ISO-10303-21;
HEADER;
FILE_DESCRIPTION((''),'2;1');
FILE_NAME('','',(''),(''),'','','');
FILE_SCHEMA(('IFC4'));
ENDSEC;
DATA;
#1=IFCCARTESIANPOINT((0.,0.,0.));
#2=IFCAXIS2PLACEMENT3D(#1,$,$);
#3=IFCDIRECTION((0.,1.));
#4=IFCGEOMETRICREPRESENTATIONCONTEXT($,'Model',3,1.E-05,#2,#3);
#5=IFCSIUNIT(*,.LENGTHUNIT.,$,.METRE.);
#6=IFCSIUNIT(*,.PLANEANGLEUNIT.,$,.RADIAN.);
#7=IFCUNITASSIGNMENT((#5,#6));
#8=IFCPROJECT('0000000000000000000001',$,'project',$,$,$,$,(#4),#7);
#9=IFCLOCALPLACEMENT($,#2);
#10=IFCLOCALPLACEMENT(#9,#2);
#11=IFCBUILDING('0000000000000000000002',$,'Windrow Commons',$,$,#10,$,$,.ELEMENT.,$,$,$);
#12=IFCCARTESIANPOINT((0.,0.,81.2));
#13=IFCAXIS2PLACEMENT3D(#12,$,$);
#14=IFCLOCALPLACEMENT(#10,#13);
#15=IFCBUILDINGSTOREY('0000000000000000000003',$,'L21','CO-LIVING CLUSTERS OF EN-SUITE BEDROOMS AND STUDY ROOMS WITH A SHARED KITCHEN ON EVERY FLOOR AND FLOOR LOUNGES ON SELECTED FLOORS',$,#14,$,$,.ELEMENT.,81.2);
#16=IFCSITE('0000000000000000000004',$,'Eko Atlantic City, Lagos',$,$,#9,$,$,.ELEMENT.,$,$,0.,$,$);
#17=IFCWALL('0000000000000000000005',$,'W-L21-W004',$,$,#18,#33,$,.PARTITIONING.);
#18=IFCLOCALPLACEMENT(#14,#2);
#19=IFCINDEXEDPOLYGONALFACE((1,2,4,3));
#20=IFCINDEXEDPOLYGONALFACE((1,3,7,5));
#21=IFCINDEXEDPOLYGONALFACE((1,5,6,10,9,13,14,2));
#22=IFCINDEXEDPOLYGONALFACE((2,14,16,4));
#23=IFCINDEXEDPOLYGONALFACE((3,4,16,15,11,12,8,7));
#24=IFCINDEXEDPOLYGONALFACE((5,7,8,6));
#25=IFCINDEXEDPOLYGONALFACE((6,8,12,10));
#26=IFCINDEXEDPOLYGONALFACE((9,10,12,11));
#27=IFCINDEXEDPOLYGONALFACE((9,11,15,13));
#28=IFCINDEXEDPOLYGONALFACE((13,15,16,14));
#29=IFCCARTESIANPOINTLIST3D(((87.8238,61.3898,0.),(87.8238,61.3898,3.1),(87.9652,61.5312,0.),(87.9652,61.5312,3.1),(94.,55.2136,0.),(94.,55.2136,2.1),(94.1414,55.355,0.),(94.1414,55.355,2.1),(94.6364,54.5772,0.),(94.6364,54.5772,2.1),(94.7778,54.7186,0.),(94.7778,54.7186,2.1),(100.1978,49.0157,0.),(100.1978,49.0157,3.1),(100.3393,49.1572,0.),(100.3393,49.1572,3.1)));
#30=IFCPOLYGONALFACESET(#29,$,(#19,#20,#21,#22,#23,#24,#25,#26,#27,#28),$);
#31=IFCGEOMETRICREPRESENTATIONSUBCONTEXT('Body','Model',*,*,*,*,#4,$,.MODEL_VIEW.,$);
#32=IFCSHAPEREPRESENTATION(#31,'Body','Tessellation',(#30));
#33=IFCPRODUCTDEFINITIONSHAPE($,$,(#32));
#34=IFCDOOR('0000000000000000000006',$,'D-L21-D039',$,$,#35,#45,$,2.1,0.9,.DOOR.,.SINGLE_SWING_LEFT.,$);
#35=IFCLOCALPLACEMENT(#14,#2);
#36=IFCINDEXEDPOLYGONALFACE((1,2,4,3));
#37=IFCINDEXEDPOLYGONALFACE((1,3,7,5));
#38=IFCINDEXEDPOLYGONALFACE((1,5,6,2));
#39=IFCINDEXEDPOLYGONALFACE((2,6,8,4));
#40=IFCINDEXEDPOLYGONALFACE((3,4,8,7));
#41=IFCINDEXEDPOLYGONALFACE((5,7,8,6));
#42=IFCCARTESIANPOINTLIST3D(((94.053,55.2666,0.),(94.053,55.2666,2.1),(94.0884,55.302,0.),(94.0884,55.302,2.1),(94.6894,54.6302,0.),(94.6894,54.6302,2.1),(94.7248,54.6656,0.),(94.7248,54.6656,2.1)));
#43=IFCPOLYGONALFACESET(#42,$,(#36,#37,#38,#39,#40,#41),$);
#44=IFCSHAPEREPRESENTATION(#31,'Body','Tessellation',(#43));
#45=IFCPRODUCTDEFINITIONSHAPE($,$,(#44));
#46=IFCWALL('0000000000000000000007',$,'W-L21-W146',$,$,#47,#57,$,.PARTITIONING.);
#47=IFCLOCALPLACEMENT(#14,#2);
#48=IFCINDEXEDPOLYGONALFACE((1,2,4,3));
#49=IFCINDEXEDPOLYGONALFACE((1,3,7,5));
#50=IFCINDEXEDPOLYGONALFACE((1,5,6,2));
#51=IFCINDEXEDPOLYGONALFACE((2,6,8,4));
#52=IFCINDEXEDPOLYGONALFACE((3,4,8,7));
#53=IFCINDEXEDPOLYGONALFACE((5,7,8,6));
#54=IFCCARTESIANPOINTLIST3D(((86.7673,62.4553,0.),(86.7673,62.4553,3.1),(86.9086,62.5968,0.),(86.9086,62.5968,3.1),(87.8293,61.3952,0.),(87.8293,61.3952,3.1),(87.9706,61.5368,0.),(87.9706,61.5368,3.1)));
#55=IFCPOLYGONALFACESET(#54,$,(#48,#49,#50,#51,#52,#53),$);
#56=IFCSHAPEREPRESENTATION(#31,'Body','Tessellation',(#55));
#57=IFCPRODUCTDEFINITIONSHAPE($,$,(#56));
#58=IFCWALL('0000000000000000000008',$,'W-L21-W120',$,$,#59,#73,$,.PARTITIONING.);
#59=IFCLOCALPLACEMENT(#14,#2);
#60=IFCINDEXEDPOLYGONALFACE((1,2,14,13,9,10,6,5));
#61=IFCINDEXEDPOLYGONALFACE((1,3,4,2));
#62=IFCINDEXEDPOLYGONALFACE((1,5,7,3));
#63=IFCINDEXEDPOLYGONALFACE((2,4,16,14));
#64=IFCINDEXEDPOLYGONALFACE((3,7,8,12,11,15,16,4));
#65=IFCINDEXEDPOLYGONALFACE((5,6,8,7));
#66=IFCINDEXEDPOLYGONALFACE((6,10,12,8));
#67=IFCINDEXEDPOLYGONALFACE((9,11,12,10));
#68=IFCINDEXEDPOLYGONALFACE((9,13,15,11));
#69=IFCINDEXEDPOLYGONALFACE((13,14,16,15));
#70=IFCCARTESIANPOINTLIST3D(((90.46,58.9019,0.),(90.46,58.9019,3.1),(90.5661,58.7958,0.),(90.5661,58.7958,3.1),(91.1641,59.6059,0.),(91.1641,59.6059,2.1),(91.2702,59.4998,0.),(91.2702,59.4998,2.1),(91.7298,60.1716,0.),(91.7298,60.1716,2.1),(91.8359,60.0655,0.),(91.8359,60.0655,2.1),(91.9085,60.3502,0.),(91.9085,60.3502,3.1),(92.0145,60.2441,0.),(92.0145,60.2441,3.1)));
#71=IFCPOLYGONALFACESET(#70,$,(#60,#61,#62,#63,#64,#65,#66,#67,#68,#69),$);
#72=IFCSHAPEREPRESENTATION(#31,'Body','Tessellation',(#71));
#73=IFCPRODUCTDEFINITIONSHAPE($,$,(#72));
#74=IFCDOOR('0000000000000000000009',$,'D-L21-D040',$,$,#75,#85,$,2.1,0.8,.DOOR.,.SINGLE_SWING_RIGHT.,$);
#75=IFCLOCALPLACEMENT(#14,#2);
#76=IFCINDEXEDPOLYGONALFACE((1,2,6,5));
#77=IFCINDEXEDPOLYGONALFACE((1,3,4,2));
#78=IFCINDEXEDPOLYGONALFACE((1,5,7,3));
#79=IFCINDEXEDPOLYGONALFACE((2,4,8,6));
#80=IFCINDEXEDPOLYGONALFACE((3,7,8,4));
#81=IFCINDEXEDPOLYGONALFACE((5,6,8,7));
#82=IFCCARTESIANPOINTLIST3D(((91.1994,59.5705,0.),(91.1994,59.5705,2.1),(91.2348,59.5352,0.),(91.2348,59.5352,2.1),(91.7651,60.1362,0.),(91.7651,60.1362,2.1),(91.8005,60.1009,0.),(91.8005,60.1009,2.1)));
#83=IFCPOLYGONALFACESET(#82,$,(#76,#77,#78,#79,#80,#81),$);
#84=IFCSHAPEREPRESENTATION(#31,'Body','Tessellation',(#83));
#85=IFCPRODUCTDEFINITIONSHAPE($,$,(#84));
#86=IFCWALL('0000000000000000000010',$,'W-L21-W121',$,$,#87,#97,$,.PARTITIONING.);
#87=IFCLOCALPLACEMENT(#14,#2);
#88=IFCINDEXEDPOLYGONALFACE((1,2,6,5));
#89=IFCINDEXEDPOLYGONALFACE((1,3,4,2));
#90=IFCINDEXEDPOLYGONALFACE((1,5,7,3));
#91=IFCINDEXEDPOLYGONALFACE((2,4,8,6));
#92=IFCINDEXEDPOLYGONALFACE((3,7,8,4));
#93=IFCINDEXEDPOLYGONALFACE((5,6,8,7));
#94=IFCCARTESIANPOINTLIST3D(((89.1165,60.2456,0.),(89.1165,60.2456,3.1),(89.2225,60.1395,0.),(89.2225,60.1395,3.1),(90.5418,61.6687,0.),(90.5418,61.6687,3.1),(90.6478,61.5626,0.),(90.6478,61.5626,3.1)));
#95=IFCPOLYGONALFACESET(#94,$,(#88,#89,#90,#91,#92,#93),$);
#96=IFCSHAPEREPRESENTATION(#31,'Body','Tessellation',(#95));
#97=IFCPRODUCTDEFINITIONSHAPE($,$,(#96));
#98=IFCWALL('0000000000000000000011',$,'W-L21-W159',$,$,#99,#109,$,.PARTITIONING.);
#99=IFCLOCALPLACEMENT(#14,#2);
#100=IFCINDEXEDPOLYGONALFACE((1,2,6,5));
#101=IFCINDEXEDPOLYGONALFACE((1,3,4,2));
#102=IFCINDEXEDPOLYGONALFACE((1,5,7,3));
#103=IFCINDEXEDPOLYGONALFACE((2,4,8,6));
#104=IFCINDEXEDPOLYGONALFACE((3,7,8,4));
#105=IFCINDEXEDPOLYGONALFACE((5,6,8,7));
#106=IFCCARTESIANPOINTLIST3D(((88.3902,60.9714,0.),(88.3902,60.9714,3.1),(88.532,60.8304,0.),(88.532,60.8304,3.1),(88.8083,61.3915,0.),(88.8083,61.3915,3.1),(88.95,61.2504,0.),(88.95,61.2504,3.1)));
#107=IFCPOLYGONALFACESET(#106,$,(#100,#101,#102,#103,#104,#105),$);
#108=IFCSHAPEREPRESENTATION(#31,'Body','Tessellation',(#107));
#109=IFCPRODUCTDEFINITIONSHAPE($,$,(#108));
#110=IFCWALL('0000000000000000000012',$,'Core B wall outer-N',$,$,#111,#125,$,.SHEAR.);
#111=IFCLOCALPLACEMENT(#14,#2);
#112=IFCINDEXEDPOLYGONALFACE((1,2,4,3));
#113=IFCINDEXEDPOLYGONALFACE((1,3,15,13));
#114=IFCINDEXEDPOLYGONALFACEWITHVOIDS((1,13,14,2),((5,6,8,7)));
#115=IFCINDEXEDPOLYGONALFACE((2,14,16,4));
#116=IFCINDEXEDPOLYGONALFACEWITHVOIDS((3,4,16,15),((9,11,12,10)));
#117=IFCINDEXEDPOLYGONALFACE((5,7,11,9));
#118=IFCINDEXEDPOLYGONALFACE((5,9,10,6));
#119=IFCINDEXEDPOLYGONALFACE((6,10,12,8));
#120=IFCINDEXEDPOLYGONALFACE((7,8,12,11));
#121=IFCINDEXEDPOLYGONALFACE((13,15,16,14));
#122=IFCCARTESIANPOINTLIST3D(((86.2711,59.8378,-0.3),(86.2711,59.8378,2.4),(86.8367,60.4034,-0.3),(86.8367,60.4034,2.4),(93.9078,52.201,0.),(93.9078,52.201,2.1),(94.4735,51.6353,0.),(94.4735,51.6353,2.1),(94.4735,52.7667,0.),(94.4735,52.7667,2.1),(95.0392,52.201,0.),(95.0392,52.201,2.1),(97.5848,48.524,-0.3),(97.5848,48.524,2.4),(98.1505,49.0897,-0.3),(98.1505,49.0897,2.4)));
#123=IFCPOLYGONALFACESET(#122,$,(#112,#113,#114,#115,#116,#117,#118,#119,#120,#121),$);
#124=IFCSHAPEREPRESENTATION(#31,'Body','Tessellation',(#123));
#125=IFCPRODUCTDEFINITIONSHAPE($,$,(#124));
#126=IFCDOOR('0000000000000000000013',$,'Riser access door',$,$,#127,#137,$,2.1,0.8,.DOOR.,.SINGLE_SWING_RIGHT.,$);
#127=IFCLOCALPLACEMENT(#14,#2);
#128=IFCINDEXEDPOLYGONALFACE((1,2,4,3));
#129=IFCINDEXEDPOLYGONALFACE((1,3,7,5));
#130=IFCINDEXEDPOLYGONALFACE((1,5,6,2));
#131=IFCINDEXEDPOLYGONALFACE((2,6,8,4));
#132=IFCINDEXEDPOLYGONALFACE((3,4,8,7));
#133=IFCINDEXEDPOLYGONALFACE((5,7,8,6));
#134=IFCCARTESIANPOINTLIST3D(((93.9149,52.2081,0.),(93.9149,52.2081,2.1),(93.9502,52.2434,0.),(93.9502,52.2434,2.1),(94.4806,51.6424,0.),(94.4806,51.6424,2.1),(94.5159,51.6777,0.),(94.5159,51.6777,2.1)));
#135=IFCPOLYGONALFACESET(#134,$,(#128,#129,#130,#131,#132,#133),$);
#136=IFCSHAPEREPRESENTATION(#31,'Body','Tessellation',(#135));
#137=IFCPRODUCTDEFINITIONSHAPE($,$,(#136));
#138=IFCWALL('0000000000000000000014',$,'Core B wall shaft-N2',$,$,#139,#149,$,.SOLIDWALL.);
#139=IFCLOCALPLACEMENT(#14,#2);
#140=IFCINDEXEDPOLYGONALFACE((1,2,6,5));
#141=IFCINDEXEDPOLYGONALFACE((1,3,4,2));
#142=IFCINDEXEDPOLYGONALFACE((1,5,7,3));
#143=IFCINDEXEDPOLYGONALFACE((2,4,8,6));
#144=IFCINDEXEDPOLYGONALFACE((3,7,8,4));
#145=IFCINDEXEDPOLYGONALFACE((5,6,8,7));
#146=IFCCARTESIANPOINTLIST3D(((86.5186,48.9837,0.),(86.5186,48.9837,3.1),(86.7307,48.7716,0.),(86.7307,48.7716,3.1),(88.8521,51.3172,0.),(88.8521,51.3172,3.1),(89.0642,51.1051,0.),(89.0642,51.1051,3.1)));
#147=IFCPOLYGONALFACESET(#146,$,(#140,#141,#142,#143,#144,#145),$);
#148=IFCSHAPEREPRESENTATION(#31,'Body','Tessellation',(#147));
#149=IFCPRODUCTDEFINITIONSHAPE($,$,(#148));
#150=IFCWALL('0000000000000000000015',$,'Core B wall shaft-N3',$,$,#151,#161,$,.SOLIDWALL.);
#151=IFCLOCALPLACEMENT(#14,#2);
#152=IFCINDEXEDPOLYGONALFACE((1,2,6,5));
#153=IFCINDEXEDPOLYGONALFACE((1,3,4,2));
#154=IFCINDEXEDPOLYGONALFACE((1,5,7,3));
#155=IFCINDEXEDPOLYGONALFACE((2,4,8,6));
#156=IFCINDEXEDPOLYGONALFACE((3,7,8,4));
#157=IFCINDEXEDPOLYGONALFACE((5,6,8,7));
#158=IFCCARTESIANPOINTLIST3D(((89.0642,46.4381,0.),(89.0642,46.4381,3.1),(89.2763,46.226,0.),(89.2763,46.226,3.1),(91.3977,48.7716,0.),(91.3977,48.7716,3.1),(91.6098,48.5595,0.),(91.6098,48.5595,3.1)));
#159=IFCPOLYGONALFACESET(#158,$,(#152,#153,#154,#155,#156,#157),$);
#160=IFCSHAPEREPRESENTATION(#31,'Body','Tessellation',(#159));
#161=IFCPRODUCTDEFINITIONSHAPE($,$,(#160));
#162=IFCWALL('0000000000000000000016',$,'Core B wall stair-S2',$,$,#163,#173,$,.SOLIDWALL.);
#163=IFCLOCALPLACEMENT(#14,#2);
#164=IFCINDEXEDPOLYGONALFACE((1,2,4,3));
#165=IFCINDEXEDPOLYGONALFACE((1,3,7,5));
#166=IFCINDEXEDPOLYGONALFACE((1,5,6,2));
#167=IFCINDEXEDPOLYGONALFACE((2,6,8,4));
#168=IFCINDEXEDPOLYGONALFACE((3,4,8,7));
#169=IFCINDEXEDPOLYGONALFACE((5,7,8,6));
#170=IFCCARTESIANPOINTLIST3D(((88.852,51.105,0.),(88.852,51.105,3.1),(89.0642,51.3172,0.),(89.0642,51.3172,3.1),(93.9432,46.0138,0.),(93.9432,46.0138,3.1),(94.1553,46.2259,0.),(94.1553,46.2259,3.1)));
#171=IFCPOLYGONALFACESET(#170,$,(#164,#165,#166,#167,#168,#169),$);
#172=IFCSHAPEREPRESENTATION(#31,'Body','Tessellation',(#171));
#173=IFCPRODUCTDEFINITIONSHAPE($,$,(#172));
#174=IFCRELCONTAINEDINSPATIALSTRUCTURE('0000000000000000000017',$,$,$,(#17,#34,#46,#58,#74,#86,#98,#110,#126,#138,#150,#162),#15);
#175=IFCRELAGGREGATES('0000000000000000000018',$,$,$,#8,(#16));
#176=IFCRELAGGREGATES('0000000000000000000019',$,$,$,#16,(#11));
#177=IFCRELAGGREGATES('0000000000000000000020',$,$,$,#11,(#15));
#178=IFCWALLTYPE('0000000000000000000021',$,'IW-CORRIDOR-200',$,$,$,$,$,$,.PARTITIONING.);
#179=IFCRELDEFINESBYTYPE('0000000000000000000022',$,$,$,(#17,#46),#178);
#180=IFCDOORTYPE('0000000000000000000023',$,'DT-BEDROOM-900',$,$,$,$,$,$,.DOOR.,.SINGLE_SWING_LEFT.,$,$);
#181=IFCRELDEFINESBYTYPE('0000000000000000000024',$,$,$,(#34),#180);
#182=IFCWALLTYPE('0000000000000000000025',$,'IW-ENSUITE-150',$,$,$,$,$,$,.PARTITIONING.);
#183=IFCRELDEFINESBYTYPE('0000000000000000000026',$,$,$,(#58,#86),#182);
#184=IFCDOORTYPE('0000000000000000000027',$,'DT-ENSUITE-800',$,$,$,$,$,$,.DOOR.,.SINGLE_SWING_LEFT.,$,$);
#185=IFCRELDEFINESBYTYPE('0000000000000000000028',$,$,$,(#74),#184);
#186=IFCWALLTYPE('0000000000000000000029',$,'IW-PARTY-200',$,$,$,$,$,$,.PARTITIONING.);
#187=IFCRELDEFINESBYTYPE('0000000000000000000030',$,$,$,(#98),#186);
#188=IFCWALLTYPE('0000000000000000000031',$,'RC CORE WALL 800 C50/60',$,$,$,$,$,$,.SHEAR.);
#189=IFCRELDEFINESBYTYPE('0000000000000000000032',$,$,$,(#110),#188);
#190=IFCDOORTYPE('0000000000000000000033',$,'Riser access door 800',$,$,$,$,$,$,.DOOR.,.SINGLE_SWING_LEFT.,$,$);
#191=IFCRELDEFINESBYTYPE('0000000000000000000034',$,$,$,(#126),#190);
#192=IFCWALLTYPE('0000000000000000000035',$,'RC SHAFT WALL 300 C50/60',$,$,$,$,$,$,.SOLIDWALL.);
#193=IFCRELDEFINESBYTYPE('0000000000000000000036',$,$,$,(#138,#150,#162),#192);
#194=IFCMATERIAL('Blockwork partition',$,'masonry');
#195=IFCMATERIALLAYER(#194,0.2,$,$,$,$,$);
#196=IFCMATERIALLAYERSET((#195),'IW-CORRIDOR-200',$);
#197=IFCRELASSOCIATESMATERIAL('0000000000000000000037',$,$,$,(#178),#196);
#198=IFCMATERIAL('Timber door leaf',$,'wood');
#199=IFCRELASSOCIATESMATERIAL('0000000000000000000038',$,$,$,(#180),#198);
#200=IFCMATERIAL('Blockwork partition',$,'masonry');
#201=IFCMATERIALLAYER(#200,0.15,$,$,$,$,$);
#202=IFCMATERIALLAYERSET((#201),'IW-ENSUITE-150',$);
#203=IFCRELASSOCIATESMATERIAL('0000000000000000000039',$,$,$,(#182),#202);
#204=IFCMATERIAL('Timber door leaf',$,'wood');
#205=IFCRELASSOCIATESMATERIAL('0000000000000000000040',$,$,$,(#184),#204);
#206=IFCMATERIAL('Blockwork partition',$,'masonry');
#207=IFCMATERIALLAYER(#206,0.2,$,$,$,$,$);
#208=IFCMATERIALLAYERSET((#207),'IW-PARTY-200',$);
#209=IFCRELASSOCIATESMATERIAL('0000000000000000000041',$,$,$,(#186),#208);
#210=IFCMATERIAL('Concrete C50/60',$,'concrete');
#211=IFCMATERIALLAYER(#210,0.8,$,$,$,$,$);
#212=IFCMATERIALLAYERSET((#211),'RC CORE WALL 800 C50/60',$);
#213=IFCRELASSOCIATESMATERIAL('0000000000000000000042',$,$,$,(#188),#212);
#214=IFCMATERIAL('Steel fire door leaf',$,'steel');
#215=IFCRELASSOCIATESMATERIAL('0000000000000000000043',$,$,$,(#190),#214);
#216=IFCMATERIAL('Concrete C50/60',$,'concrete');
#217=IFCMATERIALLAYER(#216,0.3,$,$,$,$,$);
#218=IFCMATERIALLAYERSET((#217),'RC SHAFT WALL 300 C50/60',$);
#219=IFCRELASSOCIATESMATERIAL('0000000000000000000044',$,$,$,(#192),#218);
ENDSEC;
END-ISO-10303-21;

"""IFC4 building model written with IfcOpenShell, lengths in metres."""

from ifc_helpers import new_model, si_unit, direction, frame, frame_2d, origin, place, context, subcontext, project, spatial, rectangle, extrude, material, layer, layer_set, type_object, element, fill, save


model = new_model("IFC4")

# Units and contexts
model_context = context("Model", 3, precision=1e-05, world=origin(), true_north=direction((0.0, 1.0)))
body_context = subcontext(model_context, "Body", "Model", "MODEL_VIEW")
ifc_project = project(units=[si_unit("LENGTHUNIT", "METRE"), si_unit("PLANEANGLEUNIT", "RADIAN")], contexts=[model_context])

# Site, building, storey
site_placement = place(None, origin())
site = spatial("IfcSite", under=ifc_project, at=site_placement, Name="Eko Atlantic City, Lagos", CompositionType="ELEMENT", RefElevation=0.0)
building_placement = place(site_placement, origin())
building = spatial("IfcBuilding", under=site, at=building_placement, Name="Windrow Commons", CompositionType="ELEMENT")
storey_placement = place(building_placement, frame((0.0, 0.0, 81.2)))
storey = spatial("IfcBuildingStorey", under=building, at=storey_placement, Name="L21", Description="CO-LIVING CLUSTERS OF EN-SUITE BEDROOMS AND STUDY ROOMS WITH A SHARED KITCHEN ON EVERY FLOOR AND FLOOR LOUNGES ON SELECTED FLOORS", CompositionType="ELEMENT", Elevation=81.2)

# Wall, opening, door
ifc_material_1 = material(Name="Blockwork partition", Category="masonry")
ifc_layer_1 = layer(ifc_material_1, 0.2)
ifc_layer_set_1 = layer_set([ifc_layer_1], Name="IW-CORRIDOR-200")
wall_type_1 = type_object("IfcWallType", Name="IW-CORRIDOR-200", PredefinedType="PARTITIONING", material=ifc_layer_set_1)
wall_1_placement = place(storey_placement, frame((87.8945, 61.4605, 0.0), z_axis=(0.0, 0.0, 1.0), x_axis=(0.707107, -0.707107, 0.0)))
wall_1 = element("IfcWall", 1, at=wall_1_placement, inside=storey, type_object=wall_type_1, Name="W-L21-W004", PredefinedType="PARTITIONING", context=body_context, shape_type="SweptSolid", body=[
    extrude(rectangle(XDim=17.4995, YDim=0.2, at=frame_2d((8.7498, 0.0))), origin(), (0.0, 0.0, 1.0), 3.1),
])
opening_1_placement = place(wall_1_placement, frame((8.7345, 0.0, 0.0)))
opening_1 = element("IfcOpeningElement", 2, at=opening_1_placement, cuts=wall_1, PredefinedType="OPENING", context=body_context, shape_type="SweptSolid", body=[
    extrude(rectangle(XDim=0.9, YDim=2.1, at=frame_2d((0.45, 1.05))), frame((0.0, 0.11, 0.0), z_axis=(0.0, -1.0, 0.0), x_axis=(1.0, 0.0, 0.0)), (0.0, 0.0, 1.0), 0.22),
])
ifc_material_2 = material(Name="Timber door leaf", Category="wood")
door_type_1 = type_object("IfcDoorType", Name="DT-BEDROOM-900", OperationType="SINGLE_SWING_LEFT", PredefinedType="DOOR", material=ifc_material_2)
door_1_placement = place(opening_1_placement, origin())
door_1 = element("IfcDoor", 3, at=door_1_placement, inside=storey, type_object=door_type_1, Name="D-L21-D039", OperationType="SINGLE_SWING_LEFT", OverallHeight=2.1, OverallWidth=0.9, PredefinedType="DOOR", context=body_context, shape_type="SweptSolid", body=[
    extrude(rectangle(XDim=0.9, YDim=2.1, at=frame_2d((0.45, 1.05))), frame((0.0, 0.025, 0.0), z_axis=(0.0, -1.0, 0.0), x_axis=(1.0, 0.0, 0.0)), (0.0, 0.0, 1.0), 0.05),
])
fill(opening_1, door_1)

# Wall
wall_2_placement = place(storey_placement, frame((86.838, 62.526, 0.0), z_axis=(0.0, 0.0, 1.0), x_axis=(0.707773, -0.70644, 0.0)))
element("IfcWall", 4, at=wall_2_placement, inside=storey, type_object=wall_type_1, Name="W-L21-W146", PredefinedType="PARTITIONING", context=body_context, shape_type="SweptSolid", body=[
    extrude(rectangle(XDim=1.5005, YDim=0.2, at=frame_2d((0.7502, 0.0))), origin(), (0.0, 0.0, 1.0), 3.1),
])

# Wall, opening, door
ifc_material_3 = material(Name="Blockwork partition", Category="masonry")
ifc_layer_2 = layer(ifc_material_3, 0.15)
ifc_layer_set_2 = layer_set([ifc_layer_2], Name="IW-ENSUITE-150")
wall_type_2 = type_object("IfcWallType", Name="IW-ENSUITE-150", PredefinedType="PARTITIONING", material=ifc_layer_set_2)
wall_3_placement = place(storey_placement, frame((90.5131, 58.8489, 0.0), z_axis=(0.0, 0.0, 1.0), x_axis=(0.707131, 0.707082, 0.0)))
wall_3 = element("IfcWall", 5, at=wall_3_placement, inside=storey, type_object=wall_type_2, Name="W-L21-W120", PredefinedType="PARTITIONING", context=body_context, shape_type="SweptSolid", body=[
    extrude(rectangle(XDim=2.0483, YDim=0.15, at=frame_2d((1.0241, 0.0))), origin(), (0.0, 0.0, 1.0), 3.1),
])
opening_2_placement = place(wall_3_placement, frame((0.9956, 0.0, 0.0)))
opening_2 = element("IfcOpeningElement", 6, at=opening_2_placement, cuts=wall_3, PredefinedType="OPENING", context=body_context, shape_type="SweptSolid", body=[
    extrude(rectangle(XDim=0.8, YDim=2.1, at=frame_2d((0.4, 1.05))), frame((0.0, 0.085, 0.0), z_axis=(0.0, -1.0, 0.0), x_axis=(1.0, 0.0, 0.0)), (0.0, 0.0, 1.0), 0.17),
])
ifc_material_4 = material(Name="Timber door leaf", Category="wood")
door_type_2 = type_object("IfcDoorType", Name="DT-ENSUITE-800", OperationType="SINGLE_SWING_LEFT", PredefinedType="DOOR", material=ifc_material_4)
door_2_placement = place(opening_2_placement, origin())
door_2 = element("IfcDoor", 7, at=door_2_placement, inside=storey, type_object=door_type_2, Name="D-L21-D040", OperationType="SINGLE_SWING_RIGHT", OverallHeight=2.1, OverallWidth=0.8, PredefinedType="DOOR", context=body_context, shape_type="SweptSolid", body=[
    extrude(rectangle(XDim=0.8, YDim=2.1, at=frame_2d((0.4, 1.05))), frame((0.0, 0.025, 0.0), z_axis=(0.0, -1.0, 0.0), x_axis=(1.0, 0.0, 0.0)), (0.0, 0.0, 1.0), 0.05),
])
fill(opening_2, door_2)

# Walls
wall_4_placement = place(storey_placement, frame((89.1695, 60.1925, 0.0), z_axis=(0.0, 0.0, 1.0), x_axis=(0.707628, 0.706585, 0.0)))
element("IfcWall", 8, at=wall_4_placement, inside=storey, type_object=wall_type_2, Name="W-L21-W121", PredefinedType="PARTITIONING", context=body_context, shape_type="SweptSolid", body=[
    extrude(rectangle(XDim=2.0141, YDim=0.15, at=frame_2d((1.0071, 0.0))), origin(), (0.0, 0.0, 1.0), 3.1),
])
ifc_material_5 = material(Name="Blockwork partition", Category="masonry")
ifc_layer_3 = layer(ifc_material_5, 0.2)
ifc_layer_set_3 = layer_set([ifc_layer_3], Name="IW-PARTY-200")
wall_type_3 = type_object("IfcWallType", Name="IW-PARTY-200", PredefinedType="PARTITIONING", material=ifc_layer_set_3)
wall_5_placement = place(storey_placement, frame((88.4611, 60.9009, 0.0), z_axis=(0.0, 0.0, 1.0), x_axis=(0.705417, 0.708792, 0.0)))
element("IfcWall", 9, at=wall_5_placement, inside=storey, type_object=wall_type_3, Name="W-L21-W159", PredefinedType="PARTITIONING", context=body_context, shape_type="SweptSolid", body=[
    extrude(rectangle(XDim=0.5926, YDim=0.2, at=frame_2d((0.2963, 0.0))), origin(), (0.0, 0.0, 1.0), 3.1),
])

# Wall, opening, door
ifc_material_6 = material(Name="Concrete C50/60", Category="concrete")
ifc_layer_4 = layer(ifc_material_6, 0.8)
ifc_layer_set_4 = layer_set([ifc_layer_4], Name="RC CORE WALL 800 C50/60")
wall_type_4 = type_object("IfcWallType", Name="RC CORE WALL 800 C50/60", PredefinedType="SHEAR", material=ifc_layer_set_4)
wall_6_placement = place(storey_placement, frame((86.5539, 60.1206, -0.3), z_axis=(0.0, 0.0, 1.0), x_axis=(0.707107, -0.707107, 0.0)))
wall_6 = element("IfcWall", 10, at=wall_6_placement, inside=storey, type_object=wall_type_4, Name="Core B wall outer-N", PredefinedType="SHEAR", context=body_context, shape_type="SweptSolid", body=[
    extrude(rectangle(XDim=16.0, YDim=0.8, at=frame_2d((8.0, 0.0))), origin(), (0.0, 0.0, 1.0), 2.7),
])
opening_3_placement = place(wall_6_placement, frame((10.8, 0.0, 0.3)))
opening_3 = element("IfcOpeningElement", 11, at=opening_3_placement, cuts=wall_6, PredefinedType="OPENING", context=body_context, shape_type="SweptSolid", body=[
    extrude(rectangle(XDim=0.8, YDim=2.1, at=frame_2d((0.4, 1.05))), frame((0.0, 0.41, 0.0), z_axis=(0.0, -1.0, 0.0), x_axis=(1.0, 0.0, 0.0)), (0.0, 0.0, 1.0), 0.82),
])
ifc_material_7 = material(Name="Steel fire door leaf", Category="steel")
door_type_3 = type_object("IfcDoorType", Name="Riser access door 800", OperationType="SINGLE_SWING_LEFT", PredefinedType="DOOR", material=ifc_material_7)
door_3_placement = place(opening_3_placement, origin())
door_3 = element("IfcDoor", 12, at=door_3_placement, inside=storey, type_object=door_type_3, Name="Riser access door", OperationType="SINGLE_SWING_RIGHT", OverallHeight=2.1, OverallWidth=0.8, PredefinedType="DOOR", context=body_context, shape_type="SweptSolid", body=[
    extrude(rectangle(XDim=0.8, YDim=2.1, at=frame_2d((0.4, 1.05))), frame((0.0, -0.34, 0.0), z_axis=(0.0, -1.0, 0.0), x_axis=(1.0, 0.0, 0.0)), (0.0, 0.0, 1.0), 0.05),
])
fill(opening_3, door_3)

# Walls
ifc_material_8 = material(Name="Concrete C50/60", Category="concrete")
ifc_layer_5 = layer(ifc_material_8, 0.3)
ifc_layer_set_5 = layer_set([ifc_layer_5], Name="RC SHAFT WALL 300 C50/60")
wall_type_5 = type_object("IfcWallType", Name="RC SHAFT WALL 300 C50/60", PredefinedType="SOLIDWALL", material=ifc_layer_set_5)
for number, where, z_axis, x_axis, name in (
    (13, (86.6246, 48.8776, 0.0), (0.0, 0.0, 1.0), (0.707107, 0.707107, 0.0), "Core B wall shaft-N2"),
    (14, (89.1702, 46.332, 0.0), (0.0, 0.0, 1.0), (0.707107, 0.707107, 0.0), "Core B wall shaft-N3"),
):
    element("IfcWall", number, at=place(storey_placement, frame(where, z_axis=z_axis, x_axis=x_axis)), inside=storey, type_object=wall_type_5, Name=name, PredefinedType="SOLIDWALL", context=body_context, shape_type="SweptSolid", body=[
        extrude(rectangle(XDim=3.3001, YDim=0.3, at=frame_2d((1.6501, 0.0))), origin(), (0.0, 0.0, 1.0), 3.1),
    ])
wall_7_placement = place(storey_placement, frame((88.9581, 51.2111, 0.0), z_axis=(0.0, 0.0, 1.0), x_axis=(0.7071, -0.707114, 0.0)))
element("IfcWall", 15, at=wall_7_placement, inside=storey, type_object=wall_type_5, Name="Core B wall stair-S2", PredefinedType="SOLIDWALL", context=body_context, shape_type="SweptSolid", body=[
    extrude(rectangle(XDim=7.2, YDim=0.3, at=frame_2d((3.6, 0.0))), origin(), (0.0, 0.0, 1.0), 3.1),
])

save(model, "model.ifc")
